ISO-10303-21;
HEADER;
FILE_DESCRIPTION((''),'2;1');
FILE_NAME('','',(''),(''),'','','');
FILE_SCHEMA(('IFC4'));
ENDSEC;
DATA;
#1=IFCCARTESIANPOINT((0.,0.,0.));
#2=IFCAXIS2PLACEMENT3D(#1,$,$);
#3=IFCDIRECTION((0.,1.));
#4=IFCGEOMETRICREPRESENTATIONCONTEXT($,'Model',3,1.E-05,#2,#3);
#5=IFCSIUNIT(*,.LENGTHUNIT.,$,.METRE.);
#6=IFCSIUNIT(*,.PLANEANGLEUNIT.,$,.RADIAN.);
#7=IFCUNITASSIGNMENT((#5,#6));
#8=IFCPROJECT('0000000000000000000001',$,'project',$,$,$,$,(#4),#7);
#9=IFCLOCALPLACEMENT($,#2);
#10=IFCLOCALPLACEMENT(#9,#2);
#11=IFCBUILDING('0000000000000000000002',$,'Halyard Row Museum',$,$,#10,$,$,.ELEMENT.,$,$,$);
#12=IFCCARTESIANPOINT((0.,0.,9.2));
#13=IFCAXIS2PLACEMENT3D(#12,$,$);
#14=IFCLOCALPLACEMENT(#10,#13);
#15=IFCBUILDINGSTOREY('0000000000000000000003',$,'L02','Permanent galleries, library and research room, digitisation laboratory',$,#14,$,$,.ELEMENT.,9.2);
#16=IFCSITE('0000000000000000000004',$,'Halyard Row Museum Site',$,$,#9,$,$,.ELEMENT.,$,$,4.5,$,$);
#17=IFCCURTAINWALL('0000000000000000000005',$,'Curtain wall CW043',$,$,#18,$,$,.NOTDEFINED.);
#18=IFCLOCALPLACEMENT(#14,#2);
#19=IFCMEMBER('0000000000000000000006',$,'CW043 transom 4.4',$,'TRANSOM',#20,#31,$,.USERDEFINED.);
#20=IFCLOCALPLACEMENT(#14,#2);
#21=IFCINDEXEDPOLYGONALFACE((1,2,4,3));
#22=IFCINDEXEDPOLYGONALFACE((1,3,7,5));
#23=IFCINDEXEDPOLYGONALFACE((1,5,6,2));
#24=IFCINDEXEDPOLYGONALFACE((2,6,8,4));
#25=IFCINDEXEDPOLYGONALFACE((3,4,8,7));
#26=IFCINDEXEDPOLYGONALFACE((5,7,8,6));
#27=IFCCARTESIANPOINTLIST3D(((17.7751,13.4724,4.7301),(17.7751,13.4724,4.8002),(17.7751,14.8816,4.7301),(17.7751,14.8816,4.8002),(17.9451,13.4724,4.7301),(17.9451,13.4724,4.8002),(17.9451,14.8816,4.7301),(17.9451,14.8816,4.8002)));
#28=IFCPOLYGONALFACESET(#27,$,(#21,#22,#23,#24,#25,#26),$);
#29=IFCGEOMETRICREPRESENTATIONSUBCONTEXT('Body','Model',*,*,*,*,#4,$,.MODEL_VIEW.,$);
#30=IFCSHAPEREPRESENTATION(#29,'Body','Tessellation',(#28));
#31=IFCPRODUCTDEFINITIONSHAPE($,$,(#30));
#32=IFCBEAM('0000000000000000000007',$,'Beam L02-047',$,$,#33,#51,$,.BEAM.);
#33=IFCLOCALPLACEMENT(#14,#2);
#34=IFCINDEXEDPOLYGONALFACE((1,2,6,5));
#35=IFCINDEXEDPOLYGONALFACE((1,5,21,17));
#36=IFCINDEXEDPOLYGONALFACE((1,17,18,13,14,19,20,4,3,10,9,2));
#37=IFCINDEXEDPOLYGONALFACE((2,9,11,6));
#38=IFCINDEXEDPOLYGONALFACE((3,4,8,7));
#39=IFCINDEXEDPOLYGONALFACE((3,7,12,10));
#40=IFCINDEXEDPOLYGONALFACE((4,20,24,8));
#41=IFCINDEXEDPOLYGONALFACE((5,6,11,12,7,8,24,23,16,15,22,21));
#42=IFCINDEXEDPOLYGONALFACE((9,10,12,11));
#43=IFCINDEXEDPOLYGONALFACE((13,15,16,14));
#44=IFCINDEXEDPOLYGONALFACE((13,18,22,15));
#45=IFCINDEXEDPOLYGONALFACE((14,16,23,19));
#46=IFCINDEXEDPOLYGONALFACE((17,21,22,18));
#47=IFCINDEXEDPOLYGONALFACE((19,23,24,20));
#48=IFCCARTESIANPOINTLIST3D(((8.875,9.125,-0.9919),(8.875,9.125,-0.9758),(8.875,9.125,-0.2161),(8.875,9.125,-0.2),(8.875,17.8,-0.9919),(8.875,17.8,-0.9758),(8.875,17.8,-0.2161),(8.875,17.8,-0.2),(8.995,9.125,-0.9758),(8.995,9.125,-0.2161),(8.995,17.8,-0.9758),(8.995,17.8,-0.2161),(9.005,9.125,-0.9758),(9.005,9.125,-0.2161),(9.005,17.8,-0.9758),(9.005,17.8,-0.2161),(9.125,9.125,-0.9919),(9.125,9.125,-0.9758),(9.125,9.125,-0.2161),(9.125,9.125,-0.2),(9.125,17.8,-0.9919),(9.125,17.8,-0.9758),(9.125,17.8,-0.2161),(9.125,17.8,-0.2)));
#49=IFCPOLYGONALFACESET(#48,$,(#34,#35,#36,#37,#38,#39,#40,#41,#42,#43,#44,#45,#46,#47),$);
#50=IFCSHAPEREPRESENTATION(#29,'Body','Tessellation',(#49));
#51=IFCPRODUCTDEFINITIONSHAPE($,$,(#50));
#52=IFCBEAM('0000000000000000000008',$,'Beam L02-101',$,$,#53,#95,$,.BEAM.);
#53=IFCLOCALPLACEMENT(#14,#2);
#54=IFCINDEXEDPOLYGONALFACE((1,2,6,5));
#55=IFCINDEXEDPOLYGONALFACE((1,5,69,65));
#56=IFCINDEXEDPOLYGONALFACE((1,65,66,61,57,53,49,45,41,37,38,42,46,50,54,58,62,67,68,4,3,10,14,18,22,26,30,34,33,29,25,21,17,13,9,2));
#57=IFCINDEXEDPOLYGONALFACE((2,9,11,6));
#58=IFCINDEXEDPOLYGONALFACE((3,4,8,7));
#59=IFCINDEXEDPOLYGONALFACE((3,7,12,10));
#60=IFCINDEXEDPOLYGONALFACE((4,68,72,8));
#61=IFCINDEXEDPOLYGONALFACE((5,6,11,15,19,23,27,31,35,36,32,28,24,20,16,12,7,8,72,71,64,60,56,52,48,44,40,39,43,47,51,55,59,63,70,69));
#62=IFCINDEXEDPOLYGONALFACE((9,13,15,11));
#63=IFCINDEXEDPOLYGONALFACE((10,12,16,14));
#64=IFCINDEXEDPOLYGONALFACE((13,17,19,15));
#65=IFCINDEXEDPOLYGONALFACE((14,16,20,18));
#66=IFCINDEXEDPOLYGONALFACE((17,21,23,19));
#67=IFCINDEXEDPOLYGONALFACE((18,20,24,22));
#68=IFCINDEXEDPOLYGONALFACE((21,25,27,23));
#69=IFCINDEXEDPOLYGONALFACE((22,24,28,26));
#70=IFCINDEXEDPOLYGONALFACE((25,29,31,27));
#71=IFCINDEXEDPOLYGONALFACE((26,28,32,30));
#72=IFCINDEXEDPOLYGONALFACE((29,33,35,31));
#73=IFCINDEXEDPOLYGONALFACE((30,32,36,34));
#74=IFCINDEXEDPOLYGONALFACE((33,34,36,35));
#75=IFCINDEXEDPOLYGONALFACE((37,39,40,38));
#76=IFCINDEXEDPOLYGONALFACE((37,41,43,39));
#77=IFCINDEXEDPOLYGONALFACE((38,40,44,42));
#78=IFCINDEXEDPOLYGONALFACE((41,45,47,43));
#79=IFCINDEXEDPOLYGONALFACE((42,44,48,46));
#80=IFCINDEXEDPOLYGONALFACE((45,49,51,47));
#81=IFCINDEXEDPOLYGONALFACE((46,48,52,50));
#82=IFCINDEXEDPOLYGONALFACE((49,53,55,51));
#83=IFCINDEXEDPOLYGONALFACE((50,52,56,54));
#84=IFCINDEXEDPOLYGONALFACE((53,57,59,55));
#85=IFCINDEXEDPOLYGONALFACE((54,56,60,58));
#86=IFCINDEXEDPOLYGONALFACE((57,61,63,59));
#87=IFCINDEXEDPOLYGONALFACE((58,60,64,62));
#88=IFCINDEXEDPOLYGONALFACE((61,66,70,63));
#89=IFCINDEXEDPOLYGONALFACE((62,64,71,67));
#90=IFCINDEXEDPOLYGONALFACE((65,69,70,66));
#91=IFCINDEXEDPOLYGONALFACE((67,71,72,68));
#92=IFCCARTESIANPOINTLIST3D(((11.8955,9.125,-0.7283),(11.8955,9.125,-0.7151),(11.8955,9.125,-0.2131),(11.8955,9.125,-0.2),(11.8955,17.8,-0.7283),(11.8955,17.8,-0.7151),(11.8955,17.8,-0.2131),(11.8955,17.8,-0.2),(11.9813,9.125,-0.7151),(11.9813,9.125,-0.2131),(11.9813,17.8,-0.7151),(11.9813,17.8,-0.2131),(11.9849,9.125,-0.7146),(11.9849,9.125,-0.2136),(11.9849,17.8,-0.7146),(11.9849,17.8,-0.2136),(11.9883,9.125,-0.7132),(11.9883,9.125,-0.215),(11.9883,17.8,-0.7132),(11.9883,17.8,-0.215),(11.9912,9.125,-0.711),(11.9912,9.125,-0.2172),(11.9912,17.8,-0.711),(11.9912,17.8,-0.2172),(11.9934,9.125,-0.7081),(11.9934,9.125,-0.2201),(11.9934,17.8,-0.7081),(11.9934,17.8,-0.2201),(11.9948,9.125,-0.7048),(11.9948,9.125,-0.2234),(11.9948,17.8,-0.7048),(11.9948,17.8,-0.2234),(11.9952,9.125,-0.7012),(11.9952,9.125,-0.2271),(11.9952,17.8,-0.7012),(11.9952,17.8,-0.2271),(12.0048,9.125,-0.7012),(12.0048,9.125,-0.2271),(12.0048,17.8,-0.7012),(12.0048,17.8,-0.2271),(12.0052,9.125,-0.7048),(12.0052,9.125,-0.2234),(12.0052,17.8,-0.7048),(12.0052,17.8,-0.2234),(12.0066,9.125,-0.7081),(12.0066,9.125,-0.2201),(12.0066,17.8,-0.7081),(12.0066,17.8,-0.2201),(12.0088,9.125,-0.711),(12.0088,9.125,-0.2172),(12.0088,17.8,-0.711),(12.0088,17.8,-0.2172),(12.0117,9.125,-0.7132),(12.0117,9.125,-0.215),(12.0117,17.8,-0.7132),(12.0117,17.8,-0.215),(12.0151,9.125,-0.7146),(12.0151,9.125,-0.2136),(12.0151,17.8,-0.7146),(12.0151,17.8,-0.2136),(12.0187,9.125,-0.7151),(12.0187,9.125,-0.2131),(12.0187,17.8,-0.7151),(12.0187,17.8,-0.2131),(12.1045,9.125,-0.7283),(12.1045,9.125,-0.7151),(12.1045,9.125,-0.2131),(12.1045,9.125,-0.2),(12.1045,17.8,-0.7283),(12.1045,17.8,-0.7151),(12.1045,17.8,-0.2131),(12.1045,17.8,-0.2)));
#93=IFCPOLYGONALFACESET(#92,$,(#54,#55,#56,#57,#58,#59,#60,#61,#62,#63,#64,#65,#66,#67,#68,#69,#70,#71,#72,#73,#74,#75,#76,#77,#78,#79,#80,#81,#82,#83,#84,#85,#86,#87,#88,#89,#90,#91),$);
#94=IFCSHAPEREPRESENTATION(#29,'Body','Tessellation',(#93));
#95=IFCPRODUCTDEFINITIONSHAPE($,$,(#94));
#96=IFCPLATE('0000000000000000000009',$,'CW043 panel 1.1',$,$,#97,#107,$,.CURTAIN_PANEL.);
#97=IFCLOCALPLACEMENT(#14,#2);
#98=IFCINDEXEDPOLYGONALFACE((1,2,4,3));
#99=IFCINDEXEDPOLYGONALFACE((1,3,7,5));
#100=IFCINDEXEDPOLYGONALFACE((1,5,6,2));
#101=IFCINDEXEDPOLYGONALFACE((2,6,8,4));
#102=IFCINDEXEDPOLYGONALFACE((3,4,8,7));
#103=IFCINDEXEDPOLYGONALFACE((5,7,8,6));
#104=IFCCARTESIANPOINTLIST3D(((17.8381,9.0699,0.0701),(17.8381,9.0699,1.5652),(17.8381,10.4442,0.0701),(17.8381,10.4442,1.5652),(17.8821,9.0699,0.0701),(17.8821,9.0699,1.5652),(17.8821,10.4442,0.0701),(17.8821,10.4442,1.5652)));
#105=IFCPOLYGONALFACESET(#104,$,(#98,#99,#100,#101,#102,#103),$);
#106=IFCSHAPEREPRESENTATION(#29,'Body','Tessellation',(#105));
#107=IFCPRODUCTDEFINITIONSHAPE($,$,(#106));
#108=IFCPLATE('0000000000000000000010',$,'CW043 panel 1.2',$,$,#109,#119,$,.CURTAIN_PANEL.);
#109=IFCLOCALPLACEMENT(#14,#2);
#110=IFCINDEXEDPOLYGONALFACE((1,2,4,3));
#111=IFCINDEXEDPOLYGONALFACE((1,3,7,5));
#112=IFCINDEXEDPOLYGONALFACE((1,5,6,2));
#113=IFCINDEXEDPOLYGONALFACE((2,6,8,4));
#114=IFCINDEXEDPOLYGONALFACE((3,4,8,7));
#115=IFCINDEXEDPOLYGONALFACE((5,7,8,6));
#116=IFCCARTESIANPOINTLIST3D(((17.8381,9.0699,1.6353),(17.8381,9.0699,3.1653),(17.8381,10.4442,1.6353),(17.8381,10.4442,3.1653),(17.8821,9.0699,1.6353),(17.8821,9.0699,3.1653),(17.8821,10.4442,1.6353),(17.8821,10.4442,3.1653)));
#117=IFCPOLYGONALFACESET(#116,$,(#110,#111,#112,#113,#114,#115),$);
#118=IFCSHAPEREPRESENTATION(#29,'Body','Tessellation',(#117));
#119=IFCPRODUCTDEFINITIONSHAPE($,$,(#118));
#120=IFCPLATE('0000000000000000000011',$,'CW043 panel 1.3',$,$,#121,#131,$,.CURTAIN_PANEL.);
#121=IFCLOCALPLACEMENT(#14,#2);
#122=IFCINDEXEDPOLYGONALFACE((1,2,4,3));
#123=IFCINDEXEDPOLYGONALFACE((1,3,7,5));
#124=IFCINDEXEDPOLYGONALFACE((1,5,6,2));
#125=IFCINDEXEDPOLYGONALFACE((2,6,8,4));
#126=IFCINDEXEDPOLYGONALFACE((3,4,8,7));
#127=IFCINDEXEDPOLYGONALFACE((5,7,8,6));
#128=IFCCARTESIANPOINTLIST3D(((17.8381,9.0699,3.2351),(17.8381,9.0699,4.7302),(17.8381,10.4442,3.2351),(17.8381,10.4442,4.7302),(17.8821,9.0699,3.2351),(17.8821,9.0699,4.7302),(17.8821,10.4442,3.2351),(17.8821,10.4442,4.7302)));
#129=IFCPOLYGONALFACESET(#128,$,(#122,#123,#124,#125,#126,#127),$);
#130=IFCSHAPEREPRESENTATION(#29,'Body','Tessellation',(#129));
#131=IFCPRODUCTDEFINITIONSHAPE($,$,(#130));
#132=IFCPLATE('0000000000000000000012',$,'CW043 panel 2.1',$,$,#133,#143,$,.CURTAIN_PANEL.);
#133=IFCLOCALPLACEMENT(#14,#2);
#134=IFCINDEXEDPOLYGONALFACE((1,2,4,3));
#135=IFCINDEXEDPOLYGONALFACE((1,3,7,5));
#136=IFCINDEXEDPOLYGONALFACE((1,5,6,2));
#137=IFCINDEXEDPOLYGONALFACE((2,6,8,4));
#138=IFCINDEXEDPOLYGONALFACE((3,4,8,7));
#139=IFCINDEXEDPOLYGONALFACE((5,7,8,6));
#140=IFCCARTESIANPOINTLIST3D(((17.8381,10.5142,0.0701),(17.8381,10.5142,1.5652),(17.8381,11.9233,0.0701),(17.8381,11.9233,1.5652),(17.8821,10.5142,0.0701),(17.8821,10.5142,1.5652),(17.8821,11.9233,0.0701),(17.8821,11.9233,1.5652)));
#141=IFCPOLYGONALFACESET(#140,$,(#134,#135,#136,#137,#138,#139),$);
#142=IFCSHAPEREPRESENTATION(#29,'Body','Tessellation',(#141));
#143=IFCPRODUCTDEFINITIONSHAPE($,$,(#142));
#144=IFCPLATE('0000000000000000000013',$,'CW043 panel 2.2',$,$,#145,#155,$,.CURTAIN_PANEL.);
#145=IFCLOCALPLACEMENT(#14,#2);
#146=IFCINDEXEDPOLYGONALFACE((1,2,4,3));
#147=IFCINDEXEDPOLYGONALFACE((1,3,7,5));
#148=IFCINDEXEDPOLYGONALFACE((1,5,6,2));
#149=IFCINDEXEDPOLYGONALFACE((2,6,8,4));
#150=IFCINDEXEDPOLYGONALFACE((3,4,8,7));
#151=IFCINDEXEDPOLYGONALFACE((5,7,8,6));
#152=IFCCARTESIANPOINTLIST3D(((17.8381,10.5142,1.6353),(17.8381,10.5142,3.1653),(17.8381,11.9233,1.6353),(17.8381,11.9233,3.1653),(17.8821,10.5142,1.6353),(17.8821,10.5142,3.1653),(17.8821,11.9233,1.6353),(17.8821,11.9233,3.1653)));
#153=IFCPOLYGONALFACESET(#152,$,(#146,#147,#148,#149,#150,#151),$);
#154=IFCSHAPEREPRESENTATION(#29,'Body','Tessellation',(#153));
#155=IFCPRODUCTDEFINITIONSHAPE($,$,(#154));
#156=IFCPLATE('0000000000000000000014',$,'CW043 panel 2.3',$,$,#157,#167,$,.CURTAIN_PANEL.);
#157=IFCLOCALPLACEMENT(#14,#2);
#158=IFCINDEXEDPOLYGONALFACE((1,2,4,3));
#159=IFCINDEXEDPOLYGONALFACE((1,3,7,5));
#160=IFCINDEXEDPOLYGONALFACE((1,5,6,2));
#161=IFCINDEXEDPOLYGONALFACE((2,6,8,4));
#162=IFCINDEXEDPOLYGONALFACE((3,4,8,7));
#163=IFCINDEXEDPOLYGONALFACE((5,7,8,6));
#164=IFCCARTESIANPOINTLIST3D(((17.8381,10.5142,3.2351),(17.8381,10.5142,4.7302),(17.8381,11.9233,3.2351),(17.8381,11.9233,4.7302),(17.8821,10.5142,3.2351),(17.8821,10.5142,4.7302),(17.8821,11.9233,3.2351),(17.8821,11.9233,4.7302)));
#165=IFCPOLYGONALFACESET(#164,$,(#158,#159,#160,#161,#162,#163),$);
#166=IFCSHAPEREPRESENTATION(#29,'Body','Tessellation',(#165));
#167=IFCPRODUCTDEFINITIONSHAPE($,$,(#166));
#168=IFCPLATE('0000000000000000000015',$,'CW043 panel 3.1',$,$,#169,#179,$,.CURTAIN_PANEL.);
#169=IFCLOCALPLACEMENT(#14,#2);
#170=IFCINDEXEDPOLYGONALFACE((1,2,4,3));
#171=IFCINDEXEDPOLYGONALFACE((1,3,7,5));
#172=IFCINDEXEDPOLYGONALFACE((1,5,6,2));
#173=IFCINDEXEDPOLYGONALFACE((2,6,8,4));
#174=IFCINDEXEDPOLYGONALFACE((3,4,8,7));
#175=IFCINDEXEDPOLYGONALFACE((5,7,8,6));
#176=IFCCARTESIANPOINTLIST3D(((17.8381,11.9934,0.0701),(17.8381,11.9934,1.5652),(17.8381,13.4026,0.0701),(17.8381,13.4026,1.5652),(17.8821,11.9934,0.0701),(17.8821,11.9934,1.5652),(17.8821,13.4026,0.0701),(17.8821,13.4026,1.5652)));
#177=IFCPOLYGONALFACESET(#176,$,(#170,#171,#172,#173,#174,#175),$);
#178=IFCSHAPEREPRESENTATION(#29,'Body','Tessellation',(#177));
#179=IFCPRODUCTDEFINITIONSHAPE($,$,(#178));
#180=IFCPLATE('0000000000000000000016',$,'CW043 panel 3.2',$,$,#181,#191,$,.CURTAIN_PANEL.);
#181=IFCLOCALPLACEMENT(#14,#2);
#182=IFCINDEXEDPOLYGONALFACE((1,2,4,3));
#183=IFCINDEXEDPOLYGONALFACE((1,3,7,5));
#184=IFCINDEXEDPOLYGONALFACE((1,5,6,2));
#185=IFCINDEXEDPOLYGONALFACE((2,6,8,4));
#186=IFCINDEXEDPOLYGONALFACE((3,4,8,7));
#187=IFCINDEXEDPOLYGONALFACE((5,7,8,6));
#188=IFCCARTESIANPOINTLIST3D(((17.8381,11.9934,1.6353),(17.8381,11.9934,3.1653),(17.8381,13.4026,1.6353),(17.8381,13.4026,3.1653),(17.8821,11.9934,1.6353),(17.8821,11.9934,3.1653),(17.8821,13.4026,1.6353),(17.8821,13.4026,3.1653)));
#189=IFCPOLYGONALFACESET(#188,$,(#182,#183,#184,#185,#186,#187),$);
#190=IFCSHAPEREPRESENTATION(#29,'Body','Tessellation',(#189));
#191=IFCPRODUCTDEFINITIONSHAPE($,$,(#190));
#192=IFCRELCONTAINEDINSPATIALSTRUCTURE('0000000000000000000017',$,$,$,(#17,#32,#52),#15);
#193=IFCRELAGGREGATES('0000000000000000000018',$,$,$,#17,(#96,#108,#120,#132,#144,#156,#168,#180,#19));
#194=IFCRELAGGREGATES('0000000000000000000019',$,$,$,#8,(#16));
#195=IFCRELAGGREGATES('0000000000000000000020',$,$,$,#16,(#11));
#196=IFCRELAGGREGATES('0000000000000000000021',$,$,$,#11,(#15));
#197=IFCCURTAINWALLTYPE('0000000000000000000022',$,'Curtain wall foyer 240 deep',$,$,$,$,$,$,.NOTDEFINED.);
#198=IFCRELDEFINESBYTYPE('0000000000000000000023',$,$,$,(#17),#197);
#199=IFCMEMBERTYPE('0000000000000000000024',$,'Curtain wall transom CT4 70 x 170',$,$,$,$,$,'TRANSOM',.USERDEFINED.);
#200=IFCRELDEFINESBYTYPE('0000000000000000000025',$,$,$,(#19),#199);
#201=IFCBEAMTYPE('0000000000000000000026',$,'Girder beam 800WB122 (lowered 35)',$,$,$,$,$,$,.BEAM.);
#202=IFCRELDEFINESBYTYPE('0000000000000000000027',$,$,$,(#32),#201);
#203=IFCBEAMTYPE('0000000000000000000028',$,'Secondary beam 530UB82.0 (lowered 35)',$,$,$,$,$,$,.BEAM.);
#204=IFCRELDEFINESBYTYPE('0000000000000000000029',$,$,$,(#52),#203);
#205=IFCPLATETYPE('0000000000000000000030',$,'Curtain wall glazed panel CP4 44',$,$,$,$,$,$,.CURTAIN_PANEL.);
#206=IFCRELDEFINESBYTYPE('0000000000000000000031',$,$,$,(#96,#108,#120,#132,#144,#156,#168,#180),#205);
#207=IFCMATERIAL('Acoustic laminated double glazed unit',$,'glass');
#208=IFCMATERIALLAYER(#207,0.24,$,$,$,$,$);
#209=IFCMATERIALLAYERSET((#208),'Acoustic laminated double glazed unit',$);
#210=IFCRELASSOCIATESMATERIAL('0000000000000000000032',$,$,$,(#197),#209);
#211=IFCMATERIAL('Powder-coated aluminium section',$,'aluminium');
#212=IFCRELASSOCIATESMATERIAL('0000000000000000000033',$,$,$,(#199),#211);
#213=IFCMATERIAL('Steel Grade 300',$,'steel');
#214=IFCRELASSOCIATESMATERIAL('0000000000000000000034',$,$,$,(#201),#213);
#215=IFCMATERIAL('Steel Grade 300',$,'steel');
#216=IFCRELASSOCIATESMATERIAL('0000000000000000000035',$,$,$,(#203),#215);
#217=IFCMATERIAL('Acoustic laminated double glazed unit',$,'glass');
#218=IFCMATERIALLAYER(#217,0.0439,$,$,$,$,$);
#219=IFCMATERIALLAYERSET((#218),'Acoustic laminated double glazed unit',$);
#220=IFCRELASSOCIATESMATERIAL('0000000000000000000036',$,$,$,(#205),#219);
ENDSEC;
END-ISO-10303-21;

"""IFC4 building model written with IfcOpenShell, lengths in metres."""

from ifc_helpers import new_model, si_unit, direction, frame, origin, origin_2d, place, context, subcontext, project, spatial, rectangle, i_section, extrude, material, layer, layer_set, material_profile, profile_set, type_object, element, aggregate, save


model = new_model("IFC4")

# Units and contexts
model_context = context("Model", 3, precision=1e-05, world=origin(), true_north=direction((0.0, 1.0)))
body_context = subcontext(model_context, "Body", "Model", "MODEL_VIEW")
ifc_project = project(units=[si_unit("LENGTHUNIT", "METRE"), si_unit("PLANEANGLEUNIT", "RADIAN")], contexts=[model_context])

# Site, building, storey
site_placement = place(None, origin())
site = spatial("IfcSite", under=ifc_project, at=site_placement, Name="Halyard Row Museum Site", CompositionType="ELEMENT", RefElevation=4.5)
building_placement = place(site_placement, origin())
building = spatial("IfcBuilding", under=site, at=building_placement, Name="Halyard Row Museum", CompositionType="ELEMENT")
storey_placement = place(building_placement, frame((0.0, 0.0, 9.2)))
storey = spatial("IfcBuildingStorey", under=building, at=storey_placement, Name="L02", Description="Permanent galleries, library and research room, digitisation laboratory", CompositionType="ELEMENT", Elevation=9.2)

# Curtain wall, member
ifc_material_1 = material(Name="Acoustic laminated double glazed unit", Category="glass")
ifc_layer_1 = layer(ifc_material_1, 0.24)
ifc_layer_set_1 = layer_set([ifc_layer_1], Name="Acoustic laminated double glazed unit")
curtain_wall_type = type_object("IfcCurtainWallType", Name="Curtain wall foyer 240 deep", PredefinedType="NOTDEFINED", material=ifc_layer_set_1)
curtain_wall_placement = place(storey_placement, origin())
curtain_wall = element("IfcCurtainWall", 1, at=curtain_wall_placement, inside=storey, type_object=curtain_wall_type, Name="Curtain wall CW043", PredefinedType="NOTDEFINED")
ifc_material_2 = material(Name="Powder-coated aluminium section", Category="aluminium")
ifc_material_profile_1 = material_profile(ifc_material_2, rectangle(XDim=0.1699, YDim=0.0701, at=origin_2d()), Name="170x70 transom")
ifc_profile_set_1 = profile_set([ifc_material_profile_1], Name="Powder-coated aluminium section")
member_type_1 = type_object("IfcMemberType", Name="Curtain wall transom CT4 70 x 170", ElementType="TRANSOM", PredefinedType="USERDEFINED", material=ifc_profile_set_1)
member_1_placement = place(storey_placement, frame((17.8601, 13.4724, 4.7651), z_axis=(0.0, 1.0, 0.0), x_axis=(-1.0, 0.0, 0.0)))
member_1 = element("IfcMember", 2, at=member_1_placement, type_object=member_type_1, Name="CW043 transom 4.4", ObjectType="TRANSOM", PredefinedType="USERDEFINED", context=body_context, shape_type="SweptSolid", body=[
    extrude(rectangle(XDim=0.1699, YDim=0.0701, at=origin_2d()), origin(), (0.0, 0.0, 1.0), 1.4092),
])

# Beams
ifc_material_3 = material(Name="Steel Grade 300", Category="steel")
ifc_material_profile_2 = material_profile(ifc_material_3, i_section(OverallWidth=0.25, OverallDepth=0.792, WebThickness=0.01, FlangeThickness=0.0161, at=origin_2d()), Name="800WB122")
ifc_profile_set_2 = profile_set([ifc_material_profile_2], Name="Steel Grade 300")
beam_type_1 = type_object("IfcBeamType", Name="Girder beam 800WB122 (lowered 35)", PredefinedType="BEAM", material=ifc_profile_set_2)
beam_1_placement = place(storey_placement, frame((9.0, 9.125, -0.5959), z_axis=(0.0, 1.0, 0.0), x_axis=(-1.0, 0.0, 0.0)))
element("IfcBeam", 3, at=beam_1_placement, inside=storey, type_object=beam_type_1, Name="Beam L02-047", PredefinedType="BEAM", context=body_context, shape_type="SweptSolid", body=[
    extrude(i_section(OverallWidth=0.25, OverallDepth=0.792, WebThickness=0.01, FlangeThickness=0.0161, at=origin_2d()), origin(), (0.0, 0.0, 1.0), 8.675),
])
ifc_material_4 = material(Name="Steel Grade 300", Category="steel")
ifc_material_profile_3 = material_profile(ifc_material_4, i_section(OverallWidth=0.209, OverallDepth=0.5283, WebThickness=0.0095, FlangeThickness=0.0132, FilletRadius=0.0139, at=origin_2d()), Name="530UB82.0")
ifc_profile_set_3 = profile_set([ifc_material_profile_3], Name="Steel Grade 300")
beam_type_2 = type_object("IfcBeamType", Name="Secondary beam 530UB82.0 (lowered 35)", PredefinedType="BEAM", material=ifc_profile_set_3)
beam_2_placement = place(storey_placement, frame((12.0, 9.125, -0.4641), z_axis=(0.0, 1.0, 0.0), x_axis=(-1.0, 0.0, 0.0)))
element("IfcBeam", 4, at=beam_2_placement, inside=storey, type_object=beam_type_2, Name="Beam L02-101", PredefinedType="BEAM", context=body_context, shape_type="SweptSolid", body=[
    extrude(i_section(OverallWidth=0.209, OverallDepth=0.5283, WebThickness=0.0095, FlangeThickness=0.0132, FilletRadius=0.0139, at=origin_2d()), origin(), (0.0, 0.0, 1.0), 8.675),
])

# Plates
ifc_material_5 = material(Name="Acoustic laminated double glazed unit", Category="glass")
ifc_layer_2 = layer(ifc_material_5, 0.0439)
ifc_layer_set_2 = layer_set([ifc_layer_2], Name="Acoustic laminated double glazed unit")
plate_type = type_object("IfcPlateType", Name="Curtain wall glazed panel CP4 44", PredefinedType="CURTAIN_PANEL", material=ifc_layer_set_2)
plate_1_placement = place(storey_placement, frame((17.8601, 9.7571, 0.0701), z_axis=(0.0, 0.0, 1.0), x_axis=(0.0, 1.0, 0.0)))
plate_1 = element("IfcPlate", 5, at=plate_1_placement, type_object=plate_type, Name="CW043 panel 1.1", PredefinedType="CURTAIN_PANEL", context=body_context, shape_type="SweptSolid", body=[
    extrude(rectangle(XDim=1.3743, YDim=0.0439, at=origin_2d()), origin(), (0.0, 0.0, 1.0), 1.4951),
])
plate_2_placement = place(storey_placement, frame((17.8601, 9.7571, 1.6353), z_axis=(0.0, 0.0, 1.0), x_axis=(0.0, 1.0, 0.0)))
plate_2 = element("IfcPlate", 6, at=plate_2_placement, type_object=plate_type, Name="CW043 panel 1.2", PredefinedType="CURTAIN_PANEL", context=body_context, shape_type="SweptSolid", body=[
    extrude(rectangle(XDim=1.3743, YDim=0.0439, at=origin_2d()), origin(), (0.0, 0.0, 1.0), 1.53),
])
plate_3_placement = place(storey_placement, frame((17.8601, 9.7571, 3.2351), z_axis=(0.0, 0.0, 1.0), x_axis=(0.0, 1.0, 0.0)))
plate_3 = element("IfcPlate", 7, at=plate_3_placement, type_object=plate_type, Name="CW043 panel 1.3", PredefinedType="CURTAIN_PANEL", context=body_context, shape_type="SweptSolid", body=[
    extrude(rectangle(XDim=1.3743, YDim=0.0439, at=origin_2d()), origin(), (0.0, 0.0, 1.0), 1.4951),
])
plate_4_placement = place(storey_placement, frame((17.8601, 11.2188, 0.0701), z_axis=(0.0, 0.0, 1.0), x_axis=(0.0, 1.0, 0.0)))
plate_4 = element("IfcPlate", 8, at=plate_4_placement, type_object=plate_type, Name="CW043 panel 2.1", PredefinedType="CURTAIN_PANEL", context=body_context, shape_type="SweptSolid", body=[
    extrude(rectangle(XDim=1.4092, YDim=0.0439, at=origin_2d()), origin(), (0.0, 0.0, 1.0), 1.4951),
])
plate_5_placement = place(storey_placement, frame((17.8601, 11.2188, 1.6353), z_axis=(0.0, 0.0, 1.0), x_axis=(0.0, 1.0, 0.0)))
plate_5 = element("IfcPlate", 9, at=plate_5_placement, type_object=plate_type, Name="CW043 panel 2.2", PredefinedType="CURTAIN_PANEL", context=body_context, shape_type="SweptSolid", body=[
    extrude(rectangle(XDim=1.4092, YDim=0.0439, at=origin_2d()), origin(), (0.0, 0.0, 1.0), 1.53),
])
plate_6_placement = place(storey_placement, frame((17.8601, 11.2188, 3.2351), z_axis=(0.0, 0.0, 1.0), x_axis=(0.0, 1.0, 0.0)))
plate_6 = element("IfcPlate", 10, at=plate_6_placement, type_object=plate_type, Name="CW043 panel 2.3", PredefinedType="CURTAIN_PANEL", context=body_context, shape_type="SweptSolid", body=[
    extrude(rectangle(XDim=1.4092, YDim=0.0439, at=origin_2d()), origin(), (0.0, 0.0, 1.0), 1.4951),
])
plate_7_placement = place(storey_placement, frame((17.8601, 12.698, 0.0701), z_axis=(0.0, 0.0, 1.0), x_axis=(0.0, 1.0, 0.0)))
plate_7 = element("IfcPlate", 11, at=plate_7_placement, type_object=plate_type, Name="CW043 panel 3.1", PredefinedType="CURTAIN_PANEL", context=body_context, shape_type="SweptSolid", body=[
    extrude(rectangle(XDim=1.4092, YDim=0.0439, at=origin_2d()), origin(), (0.0, 0.0, 1.0), 1.4951),
])
plate_8_placement = place(storey_placement, frame((17.8601, 12.698, 1.6353), z_axis=(0.0, 0.0, 1.0), x_axis=(0.0, 1.0, 0.0)))
plate_8 = element("IfcPlate", 12, at=plate_8_placement, type_object=plate_type, Name="CW043 panel 3.2", PredefinedType="CURTAIN_PANEL", context=body_context, shape_type="SweptSolid", body=[
    extrude(rectangle(XDim=1.4092, YDim=0.0439, at=origin_2d()), origin(), (0.0, 0.0, 1.0), 1.53),
])
aggregate(curtain_wall, [plate_1, plate_2, plate_3, plate_4, plate_5, plate_6, plate_7, plate_8, member_1])

save(model, "model.ifc")
